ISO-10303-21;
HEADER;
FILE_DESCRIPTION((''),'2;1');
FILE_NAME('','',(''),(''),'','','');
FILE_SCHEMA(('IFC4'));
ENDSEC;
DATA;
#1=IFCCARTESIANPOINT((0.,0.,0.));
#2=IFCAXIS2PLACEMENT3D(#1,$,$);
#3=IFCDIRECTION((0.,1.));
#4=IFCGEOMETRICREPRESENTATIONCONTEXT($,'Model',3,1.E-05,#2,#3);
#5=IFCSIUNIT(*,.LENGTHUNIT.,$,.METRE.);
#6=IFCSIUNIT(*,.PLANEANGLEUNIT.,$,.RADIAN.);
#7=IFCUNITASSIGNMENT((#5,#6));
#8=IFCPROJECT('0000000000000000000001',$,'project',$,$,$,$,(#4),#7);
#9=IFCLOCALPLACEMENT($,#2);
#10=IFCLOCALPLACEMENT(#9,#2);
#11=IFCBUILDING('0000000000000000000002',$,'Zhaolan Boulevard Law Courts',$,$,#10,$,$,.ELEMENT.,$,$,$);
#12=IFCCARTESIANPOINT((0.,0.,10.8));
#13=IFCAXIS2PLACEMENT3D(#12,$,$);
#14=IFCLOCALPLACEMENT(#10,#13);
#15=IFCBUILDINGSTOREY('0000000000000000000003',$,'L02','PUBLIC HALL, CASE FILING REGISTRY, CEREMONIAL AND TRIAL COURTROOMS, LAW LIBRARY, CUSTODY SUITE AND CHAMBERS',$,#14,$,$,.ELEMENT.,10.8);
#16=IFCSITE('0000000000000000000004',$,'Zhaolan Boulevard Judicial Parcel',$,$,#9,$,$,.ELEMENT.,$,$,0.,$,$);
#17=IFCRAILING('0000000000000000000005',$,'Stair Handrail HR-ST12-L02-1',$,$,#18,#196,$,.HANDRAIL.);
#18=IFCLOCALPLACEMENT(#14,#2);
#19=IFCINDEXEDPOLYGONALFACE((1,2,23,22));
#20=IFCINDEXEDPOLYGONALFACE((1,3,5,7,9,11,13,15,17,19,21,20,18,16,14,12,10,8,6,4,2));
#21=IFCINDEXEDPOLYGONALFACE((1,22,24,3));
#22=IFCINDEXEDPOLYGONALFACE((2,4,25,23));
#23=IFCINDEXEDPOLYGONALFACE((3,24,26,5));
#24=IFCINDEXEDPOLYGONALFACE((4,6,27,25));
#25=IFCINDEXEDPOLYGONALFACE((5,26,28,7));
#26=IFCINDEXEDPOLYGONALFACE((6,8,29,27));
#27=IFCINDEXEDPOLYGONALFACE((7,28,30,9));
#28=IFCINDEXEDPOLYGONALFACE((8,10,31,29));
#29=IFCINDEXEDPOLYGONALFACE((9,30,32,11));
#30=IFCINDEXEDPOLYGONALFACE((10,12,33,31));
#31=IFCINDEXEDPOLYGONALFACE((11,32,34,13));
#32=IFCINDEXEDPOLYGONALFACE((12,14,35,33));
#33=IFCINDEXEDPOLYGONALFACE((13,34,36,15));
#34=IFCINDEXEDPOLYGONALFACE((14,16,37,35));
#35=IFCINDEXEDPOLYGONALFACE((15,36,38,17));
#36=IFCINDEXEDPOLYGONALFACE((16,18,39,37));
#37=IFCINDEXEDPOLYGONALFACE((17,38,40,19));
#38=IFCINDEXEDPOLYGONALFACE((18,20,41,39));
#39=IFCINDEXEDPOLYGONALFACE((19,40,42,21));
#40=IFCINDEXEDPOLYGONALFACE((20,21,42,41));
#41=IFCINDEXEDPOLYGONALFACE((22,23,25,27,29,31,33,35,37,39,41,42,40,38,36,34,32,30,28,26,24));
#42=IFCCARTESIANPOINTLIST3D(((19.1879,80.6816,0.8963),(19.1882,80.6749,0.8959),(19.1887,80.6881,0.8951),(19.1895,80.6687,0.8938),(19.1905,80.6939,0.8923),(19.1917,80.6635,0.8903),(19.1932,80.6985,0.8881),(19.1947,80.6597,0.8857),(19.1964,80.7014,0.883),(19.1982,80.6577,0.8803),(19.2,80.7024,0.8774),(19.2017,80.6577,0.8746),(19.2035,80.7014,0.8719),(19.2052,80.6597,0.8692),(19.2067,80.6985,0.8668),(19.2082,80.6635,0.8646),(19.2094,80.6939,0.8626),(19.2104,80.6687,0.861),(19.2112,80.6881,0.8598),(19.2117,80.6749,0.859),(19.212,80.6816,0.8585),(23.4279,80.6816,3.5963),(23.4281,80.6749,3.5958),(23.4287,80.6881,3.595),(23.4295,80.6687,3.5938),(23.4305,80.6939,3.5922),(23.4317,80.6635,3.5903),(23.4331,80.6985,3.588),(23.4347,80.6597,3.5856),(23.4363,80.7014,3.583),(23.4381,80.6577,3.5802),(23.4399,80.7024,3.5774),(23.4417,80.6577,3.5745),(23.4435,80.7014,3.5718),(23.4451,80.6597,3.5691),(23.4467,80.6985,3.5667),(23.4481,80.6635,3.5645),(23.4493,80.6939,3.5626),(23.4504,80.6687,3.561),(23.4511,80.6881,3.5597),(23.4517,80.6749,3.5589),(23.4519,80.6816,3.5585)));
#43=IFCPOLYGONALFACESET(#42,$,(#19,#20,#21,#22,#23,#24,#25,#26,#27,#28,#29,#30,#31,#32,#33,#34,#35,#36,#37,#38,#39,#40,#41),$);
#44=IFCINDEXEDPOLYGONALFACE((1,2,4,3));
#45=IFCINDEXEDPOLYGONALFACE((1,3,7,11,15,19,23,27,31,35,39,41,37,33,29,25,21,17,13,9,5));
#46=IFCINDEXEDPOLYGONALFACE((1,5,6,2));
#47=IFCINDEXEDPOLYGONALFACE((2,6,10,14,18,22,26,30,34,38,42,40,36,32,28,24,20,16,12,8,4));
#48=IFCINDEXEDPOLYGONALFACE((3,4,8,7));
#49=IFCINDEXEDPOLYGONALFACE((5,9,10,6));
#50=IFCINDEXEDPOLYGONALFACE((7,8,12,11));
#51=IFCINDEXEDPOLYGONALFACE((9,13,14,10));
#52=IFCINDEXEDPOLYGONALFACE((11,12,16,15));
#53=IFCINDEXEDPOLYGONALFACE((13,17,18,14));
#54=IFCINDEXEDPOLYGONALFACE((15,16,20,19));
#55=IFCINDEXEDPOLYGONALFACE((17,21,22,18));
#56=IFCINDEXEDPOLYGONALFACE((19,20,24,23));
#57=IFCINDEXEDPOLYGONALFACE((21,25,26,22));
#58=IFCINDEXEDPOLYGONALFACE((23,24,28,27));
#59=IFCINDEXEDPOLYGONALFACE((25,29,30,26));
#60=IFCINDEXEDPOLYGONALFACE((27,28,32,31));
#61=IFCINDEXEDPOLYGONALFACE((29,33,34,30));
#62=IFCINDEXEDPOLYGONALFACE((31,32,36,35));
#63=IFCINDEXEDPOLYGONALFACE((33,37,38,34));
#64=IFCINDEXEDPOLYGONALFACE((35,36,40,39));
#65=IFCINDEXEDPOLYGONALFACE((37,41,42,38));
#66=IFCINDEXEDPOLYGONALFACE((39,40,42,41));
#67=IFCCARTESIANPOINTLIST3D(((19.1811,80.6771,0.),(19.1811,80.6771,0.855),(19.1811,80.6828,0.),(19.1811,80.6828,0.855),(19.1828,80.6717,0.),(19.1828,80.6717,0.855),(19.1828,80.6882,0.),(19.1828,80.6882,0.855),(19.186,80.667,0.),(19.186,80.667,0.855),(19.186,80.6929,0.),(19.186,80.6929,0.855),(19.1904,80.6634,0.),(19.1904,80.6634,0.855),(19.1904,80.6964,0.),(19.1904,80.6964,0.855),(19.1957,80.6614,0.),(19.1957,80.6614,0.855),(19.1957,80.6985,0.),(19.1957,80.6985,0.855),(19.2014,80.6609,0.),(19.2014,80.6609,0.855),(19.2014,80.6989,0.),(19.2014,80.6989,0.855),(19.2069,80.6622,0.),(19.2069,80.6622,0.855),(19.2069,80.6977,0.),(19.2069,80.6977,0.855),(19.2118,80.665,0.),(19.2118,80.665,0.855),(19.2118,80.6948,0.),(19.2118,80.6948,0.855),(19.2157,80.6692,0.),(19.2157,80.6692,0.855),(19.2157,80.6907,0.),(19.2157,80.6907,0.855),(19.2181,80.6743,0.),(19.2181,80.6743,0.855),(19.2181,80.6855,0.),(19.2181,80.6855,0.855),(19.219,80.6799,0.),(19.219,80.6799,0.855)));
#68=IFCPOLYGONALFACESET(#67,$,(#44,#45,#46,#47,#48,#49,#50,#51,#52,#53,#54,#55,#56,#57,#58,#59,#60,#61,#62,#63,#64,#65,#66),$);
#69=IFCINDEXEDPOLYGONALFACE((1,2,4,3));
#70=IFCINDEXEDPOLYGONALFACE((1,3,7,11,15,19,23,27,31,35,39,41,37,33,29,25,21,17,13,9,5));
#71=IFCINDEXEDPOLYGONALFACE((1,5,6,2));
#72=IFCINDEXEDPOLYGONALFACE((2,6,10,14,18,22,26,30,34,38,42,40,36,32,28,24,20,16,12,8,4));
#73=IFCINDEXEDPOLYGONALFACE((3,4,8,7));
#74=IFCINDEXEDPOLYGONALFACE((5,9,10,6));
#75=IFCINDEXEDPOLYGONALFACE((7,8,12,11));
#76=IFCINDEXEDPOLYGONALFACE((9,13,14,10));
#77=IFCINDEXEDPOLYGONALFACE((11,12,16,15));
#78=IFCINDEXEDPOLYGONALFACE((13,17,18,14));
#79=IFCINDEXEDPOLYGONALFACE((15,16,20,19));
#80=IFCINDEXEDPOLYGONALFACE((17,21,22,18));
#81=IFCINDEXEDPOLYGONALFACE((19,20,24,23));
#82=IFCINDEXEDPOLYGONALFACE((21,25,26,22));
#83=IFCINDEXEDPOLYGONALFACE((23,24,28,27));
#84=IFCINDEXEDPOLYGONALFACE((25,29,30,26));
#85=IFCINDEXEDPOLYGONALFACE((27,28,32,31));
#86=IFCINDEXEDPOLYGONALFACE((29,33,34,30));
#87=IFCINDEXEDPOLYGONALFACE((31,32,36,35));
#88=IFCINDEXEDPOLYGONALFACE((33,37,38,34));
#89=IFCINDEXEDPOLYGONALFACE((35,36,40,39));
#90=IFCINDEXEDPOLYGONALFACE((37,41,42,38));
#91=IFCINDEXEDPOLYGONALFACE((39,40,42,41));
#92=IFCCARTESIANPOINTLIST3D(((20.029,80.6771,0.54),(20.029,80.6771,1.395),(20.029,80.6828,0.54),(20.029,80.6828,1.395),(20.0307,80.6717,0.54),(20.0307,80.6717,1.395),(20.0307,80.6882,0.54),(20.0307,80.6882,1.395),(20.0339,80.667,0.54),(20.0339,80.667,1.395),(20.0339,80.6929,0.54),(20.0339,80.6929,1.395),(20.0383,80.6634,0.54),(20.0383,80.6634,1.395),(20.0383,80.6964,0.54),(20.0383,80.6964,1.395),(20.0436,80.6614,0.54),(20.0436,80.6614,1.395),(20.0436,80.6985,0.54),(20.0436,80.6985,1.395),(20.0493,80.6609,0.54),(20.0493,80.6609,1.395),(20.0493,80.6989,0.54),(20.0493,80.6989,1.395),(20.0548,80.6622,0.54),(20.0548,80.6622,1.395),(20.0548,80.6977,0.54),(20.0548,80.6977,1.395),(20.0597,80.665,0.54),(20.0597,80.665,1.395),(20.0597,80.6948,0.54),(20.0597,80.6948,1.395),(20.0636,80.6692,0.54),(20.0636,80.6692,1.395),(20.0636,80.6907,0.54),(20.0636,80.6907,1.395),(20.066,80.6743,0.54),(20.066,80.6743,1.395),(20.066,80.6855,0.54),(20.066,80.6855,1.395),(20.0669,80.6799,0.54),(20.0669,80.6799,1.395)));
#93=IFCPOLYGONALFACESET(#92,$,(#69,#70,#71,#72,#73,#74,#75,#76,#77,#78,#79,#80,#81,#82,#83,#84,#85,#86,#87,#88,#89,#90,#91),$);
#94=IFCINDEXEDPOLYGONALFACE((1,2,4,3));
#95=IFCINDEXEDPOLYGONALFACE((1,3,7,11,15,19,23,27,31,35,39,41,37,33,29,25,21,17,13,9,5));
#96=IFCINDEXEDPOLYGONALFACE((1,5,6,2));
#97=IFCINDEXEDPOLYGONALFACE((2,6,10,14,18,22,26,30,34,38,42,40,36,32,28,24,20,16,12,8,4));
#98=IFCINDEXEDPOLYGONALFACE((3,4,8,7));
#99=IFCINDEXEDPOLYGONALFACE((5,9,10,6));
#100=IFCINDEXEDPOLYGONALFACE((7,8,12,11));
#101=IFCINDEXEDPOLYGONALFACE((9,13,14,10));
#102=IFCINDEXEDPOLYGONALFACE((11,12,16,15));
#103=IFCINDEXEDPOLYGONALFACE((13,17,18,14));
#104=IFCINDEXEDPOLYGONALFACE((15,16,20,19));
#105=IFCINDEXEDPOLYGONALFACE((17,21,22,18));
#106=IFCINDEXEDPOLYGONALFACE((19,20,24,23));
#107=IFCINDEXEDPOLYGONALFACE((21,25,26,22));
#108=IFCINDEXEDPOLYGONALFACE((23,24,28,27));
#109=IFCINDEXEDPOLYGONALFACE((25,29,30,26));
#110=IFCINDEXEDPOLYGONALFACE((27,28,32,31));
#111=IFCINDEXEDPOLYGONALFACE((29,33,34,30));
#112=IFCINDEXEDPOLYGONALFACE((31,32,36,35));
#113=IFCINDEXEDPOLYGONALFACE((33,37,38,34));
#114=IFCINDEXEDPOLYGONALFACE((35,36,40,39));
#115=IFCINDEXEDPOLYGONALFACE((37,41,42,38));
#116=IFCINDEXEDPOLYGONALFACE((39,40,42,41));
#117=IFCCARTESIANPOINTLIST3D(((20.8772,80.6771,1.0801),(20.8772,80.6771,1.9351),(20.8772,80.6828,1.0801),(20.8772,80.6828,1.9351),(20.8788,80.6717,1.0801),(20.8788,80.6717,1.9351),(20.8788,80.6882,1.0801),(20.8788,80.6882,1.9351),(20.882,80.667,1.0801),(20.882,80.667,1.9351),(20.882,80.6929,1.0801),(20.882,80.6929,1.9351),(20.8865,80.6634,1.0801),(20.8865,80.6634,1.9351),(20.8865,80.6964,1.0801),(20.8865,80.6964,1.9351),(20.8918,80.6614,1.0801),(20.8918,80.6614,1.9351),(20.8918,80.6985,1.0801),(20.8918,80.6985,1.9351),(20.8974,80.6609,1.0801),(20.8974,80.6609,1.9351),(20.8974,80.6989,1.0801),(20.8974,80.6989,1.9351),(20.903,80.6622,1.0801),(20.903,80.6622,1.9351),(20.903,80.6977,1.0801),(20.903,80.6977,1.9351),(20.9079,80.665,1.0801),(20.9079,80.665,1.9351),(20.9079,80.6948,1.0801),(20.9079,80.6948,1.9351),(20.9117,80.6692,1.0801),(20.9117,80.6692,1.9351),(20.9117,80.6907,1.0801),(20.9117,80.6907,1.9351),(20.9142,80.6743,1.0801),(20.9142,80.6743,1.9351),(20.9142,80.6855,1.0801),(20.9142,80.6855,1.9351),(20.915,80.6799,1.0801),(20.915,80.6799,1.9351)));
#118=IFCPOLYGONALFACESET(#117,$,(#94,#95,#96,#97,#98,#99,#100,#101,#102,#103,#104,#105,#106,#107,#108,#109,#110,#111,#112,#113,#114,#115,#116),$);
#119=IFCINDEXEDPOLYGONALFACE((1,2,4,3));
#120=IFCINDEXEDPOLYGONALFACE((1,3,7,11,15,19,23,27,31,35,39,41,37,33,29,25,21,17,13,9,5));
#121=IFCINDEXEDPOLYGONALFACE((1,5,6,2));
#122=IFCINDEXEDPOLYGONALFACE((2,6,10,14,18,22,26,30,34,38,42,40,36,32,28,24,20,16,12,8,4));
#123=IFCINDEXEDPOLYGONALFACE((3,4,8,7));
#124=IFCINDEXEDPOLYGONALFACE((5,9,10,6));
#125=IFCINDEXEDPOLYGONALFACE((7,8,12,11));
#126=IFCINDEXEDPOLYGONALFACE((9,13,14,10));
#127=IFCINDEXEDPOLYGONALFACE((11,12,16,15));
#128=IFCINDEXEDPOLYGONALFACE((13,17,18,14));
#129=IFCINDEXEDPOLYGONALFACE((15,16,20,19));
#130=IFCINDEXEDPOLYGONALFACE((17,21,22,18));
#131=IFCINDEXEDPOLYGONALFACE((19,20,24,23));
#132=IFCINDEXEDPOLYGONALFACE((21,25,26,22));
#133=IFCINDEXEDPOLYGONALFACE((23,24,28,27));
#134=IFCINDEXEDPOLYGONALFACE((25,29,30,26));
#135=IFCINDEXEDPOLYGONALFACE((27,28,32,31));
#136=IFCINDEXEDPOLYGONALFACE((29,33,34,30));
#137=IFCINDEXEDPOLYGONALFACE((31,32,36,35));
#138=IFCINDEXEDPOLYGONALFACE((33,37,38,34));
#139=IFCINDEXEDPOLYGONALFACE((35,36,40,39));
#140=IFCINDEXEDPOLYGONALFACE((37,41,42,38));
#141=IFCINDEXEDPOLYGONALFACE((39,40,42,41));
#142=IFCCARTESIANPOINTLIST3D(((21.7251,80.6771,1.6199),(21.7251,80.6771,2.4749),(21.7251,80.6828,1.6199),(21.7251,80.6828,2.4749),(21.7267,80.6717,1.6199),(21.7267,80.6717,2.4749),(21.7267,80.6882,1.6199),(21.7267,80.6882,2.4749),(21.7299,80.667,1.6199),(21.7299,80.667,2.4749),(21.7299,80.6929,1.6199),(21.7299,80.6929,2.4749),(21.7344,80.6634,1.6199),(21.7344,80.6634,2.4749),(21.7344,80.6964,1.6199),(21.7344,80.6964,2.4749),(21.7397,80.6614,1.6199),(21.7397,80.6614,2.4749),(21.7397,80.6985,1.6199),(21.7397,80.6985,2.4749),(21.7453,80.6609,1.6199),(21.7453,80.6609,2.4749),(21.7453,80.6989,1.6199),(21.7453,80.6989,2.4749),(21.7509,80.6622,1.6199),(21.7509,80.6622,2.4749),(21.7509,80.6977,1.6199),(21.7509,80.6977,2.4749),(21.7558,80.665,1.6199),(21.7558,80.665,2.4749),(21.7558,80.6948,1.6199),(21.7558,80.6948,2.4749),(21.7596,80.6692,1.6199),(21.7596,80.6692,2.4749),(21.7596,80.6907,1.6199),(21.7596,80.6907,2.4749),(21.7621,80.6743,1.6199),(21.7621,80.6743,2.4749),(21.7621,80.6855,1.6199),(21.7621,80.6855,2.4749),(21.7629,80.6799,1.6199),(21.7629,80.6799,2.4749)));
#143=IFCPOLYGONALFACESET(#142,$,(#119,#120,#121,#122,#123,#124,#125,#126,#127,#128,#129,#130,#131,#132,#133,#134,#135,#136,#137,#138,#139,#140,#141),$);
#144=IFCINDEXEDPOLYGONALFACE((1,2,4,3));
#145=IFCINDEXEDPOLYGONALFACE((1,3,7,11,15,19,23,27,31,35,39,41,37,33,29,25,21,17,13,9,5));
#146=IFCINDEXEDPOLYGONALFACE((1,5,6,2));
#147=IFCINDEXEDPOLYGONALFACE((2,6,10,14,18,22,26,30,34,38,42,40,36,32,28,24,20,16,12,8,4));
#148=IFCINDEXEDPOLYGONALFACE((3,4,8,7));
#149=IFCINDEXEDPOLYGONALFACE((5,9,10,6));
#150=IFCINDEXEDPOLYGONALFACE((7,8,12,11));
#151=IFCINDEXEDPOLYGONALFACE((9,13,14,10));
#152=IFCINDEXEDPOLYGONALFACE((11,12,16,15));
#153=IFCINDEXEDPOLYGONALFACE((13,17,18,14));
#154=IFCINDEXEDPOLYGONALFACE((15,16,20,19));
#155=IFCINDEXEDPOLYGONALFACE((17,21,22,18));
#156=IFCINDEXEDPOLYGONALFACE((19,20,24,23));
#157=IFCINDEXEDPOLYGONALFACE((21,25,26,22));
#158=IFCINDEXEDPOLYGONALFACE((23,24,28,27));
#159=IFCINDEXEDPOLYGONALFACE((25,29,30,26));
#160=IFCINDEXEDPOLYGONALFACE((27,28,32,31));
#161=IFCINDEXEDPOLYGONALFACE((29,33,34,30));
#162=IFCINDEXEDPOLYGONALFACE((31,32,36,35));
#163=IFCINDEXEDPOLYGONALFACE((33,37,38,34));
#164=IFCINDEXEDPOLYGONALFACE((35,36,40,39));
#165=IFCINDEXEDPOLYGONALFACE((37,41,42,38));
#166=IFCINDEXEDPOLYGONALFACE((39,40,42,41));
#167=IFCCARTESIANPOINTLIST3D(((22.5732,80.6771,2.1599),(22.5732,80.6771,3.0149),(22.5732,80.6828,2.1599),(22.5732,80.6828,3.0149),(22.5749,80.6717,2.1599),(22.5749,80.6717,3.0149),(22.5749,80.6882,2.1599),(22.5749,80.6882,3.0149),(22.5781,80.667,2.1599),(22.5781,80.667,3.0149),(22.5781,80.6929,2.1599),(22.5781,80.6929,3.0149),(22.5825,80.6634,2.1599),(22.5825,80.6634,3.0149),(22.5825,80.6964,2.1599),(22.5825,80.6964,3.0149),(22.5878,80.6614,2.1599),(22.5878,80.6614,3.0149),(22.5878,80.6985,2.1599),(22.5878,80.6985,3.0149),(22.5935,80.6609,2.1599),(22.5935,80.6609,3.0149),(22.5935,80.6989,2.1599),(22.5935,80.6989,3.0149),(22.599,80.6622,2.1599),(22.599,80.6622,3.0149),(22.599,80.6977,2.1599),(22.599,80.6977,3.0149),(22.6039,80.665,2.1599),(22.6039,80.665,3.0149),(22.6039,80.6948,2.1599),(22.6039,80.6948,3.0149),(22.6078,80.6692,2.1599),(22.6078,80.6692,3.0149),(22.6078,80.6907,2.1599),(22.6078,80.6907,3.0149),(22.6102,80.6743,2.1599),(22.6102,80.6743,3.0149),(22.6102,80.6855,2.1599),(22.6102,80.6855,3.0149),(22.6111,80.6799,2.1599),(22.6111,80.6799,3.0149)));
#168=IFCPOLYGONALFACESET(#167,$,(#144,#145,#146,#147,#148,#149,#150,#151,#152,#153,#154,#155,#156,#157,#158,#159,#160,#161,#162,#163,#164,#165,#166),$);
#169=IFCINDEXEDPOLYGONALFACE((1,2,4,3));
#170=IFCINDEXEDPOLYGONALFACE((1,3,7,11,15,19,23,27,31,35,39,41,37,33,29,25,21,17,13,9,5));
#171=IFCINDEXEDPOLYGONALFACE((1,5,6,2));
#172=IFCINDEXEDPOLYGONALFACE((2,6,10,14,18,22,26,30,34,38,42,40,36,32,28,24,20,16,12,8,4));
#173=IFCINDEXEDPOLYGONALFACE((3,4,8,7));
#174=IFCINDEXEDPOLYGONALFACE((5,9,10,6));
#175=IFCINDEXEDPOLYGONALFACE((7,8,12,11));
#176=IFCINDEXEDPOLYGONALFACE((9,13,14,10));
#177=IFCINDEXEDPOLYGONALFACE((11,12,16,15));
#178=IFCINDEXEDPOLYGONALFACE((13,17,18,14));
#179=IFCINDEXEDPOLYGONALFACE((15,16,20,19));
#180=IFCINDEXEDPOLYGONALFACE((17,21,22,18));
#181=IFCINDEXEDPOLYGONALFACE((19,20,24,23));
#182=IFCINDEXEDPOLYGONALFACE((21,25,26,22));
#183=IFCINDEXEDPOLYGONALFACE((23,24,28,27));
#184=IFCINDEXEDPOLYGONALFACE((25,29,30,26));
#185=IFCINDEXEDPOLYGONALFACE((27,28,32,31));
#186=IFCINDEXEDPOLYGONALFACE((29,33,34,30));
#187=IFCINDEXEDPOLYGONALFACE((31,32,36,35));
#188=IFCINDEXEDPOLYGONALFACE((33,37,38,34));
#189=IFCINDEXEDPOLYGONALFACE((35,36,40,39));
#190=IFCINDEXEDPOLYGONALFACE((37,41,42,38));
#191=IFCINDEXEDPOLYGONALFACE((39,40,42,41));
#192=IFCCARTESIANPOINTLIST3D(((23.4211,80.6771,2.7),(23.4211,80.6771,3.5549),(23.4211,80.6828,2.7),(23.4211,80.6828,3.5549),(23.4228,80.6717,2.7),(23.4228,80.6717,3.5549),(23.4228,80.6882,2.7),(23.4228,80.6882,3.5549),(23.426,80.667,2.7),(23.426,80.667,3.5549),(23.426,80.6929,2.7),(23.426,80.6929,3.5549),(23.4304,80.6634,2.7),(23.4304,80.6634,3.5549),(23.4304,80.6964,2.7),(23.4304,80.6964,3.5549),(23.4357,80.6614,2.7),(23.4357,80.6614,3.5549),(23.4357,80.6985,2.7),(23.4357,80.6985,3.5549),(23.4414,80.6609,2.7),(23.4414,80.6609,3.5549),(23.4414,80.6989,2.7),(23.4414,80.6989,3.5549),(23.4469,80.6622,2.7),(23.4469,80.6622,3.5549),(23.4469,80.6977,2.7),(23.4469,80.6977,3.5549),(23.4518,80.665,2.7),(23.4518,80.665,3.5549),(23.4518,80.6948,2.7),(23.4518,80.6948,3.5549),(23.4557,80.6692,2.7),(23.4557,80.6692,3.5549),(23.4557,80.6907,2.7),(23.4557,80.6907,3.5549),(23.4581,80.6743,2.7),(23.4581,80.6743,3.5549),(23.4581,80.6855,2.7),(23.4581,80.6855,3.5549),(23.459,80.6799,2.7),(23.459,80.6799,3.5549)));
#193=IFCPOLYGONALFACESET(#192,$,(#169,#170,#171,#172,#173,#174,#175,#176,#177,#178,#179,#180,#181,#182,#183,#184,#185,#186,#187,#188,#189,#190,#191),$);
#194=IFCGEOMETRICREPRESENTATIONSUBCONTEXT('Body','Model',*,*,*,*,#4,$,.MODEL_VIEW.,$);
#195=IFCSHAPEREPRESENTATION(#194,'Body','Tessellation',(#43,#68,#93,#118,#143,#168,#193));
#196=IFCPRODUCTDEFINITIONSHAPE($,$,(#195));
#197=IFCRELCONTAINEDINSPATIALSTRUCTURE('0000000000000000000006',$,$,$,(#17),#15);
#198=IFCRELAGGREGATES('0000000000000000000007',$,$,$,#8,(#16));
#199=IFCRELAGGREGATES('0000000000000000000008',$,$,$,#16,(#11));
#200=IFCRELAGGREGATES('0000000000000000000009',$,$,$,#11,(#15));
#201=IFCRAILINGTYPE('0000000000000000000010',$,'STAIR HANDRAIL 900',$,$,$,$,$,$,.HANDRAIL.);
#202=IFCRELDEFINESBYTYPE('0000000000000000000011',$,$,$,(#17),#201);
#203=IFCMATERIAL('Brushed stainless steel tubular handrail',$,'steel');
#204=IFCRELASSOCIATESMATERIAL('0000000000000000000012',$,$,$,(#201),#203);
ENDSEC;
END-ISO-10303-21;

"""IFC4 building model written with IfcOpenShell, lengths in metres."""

from ifc_helpers import new_model, si_unit, direction, frame, origin, origin_2d, place, context, subcontext, project, spatial, circle, extrude, material, type_object, element, save


model = new_model("IFC4")

# Units and contexts
model_context = context("Model", 3, precision=1e-05, world=origin(), true_north=direction((0.0, 1.0)))
body_context = subcontext(model_context, "Body", "Model", "MODEL_VIEW")
ifc_project = project(units=[si_unit("LENGTHUNIT", "METRE"), si_unit("PLANEANGLEUNIT", "RADIAN")], contexts=[model_context])

# Site, building, storey
site_placement = place(None, origin())
site = spatial("IfcSite", under=ifc_project, at=site_placement, Name="Zhaolan Boulevard Judicial Parcel", CompositionType="ELEMENT", RefElevation=0.0)
building_placement = place(site_placement, origin())
building = spatial("IfcBuilding", under=site, at=building_placement, Name="Zhaolan Boulevard Law Courts", CompositionType="ELEMENT")
storey_placement = place(building_placement, frame((0.0, 0.0, 10.8)))
storey = spatial("IfcBuildingStorey", under=building, at=storey_placement, Name="L02", Description="PUBLIC HALL, CASE FILING REGISTRY, CEREMONIAL AND TRIAL COURTROOMS, LAW LIBRARY, CUSTODY SUITE AND CHAMBERS", CompositionType="ELEMENT", Elevation=10.8)

# Railing
ifc_material_1 = material(Name="Brushed stainless steel tubular handrail", Category="steel")
railing_type_1 = type_object("IfcRailingType", Name="STAIR HANDRAIL 900", PredefinedType="HANDRAIL", material=ifc_material_1)
railing_1_placement = place(storey_placement, frame((19.2, 80.6799, 0.0)))
element("IfcRailing", 1, at=railing_1_placement, inside=storey, type_object=railing_type_1, Name="Stair Handrail HR-ST12-L02-1", PredefinedType="HANDRAIL", context=body_context, shape_type="SweptSolid", body=[
    extrude(circle(Radius=0.0225, at=origin_2d()), frame((0.0, 0.0, 0.8774), z_axis=(0.843501, 0.0, 0.537127), x_axis=(0.0, 1.0, 0.0)), (0.0, 0.0, 1.0), 5.0266),
    extrude(circle(Radius=0.019, at=origin_2d()), origin(), (0.0, 0.0, 1.0), 0.855),
    extrude(circle(Radius=0.019, at=origin_2d()), frame((0.8479, 0.0, 0.54)), (0.0, 0.0, 1.0), 0.855),
    extrude(circle(Radius=0.019, at=origin_2d()), frame((1.696, 0.0, 1.0801)), (0.0, 0.0, 1.0), 0.855),
    extrude(circle(Radius=0.019, at=origin_2d()), frame((2.5439, 0.0, 1.6199)), (0.0, 0.0, 1.0), 0.855),
    extrude(circle(Radius=0.019, at=origin_2d()), frame((3.3921, 0.0, 2.1599)), (0.0, 0.0, 1.0), 0.855),
    extrude(circle(Radius=0.019, at=origin_2d()), frame((4.24, 0.0, 2.7)), (0.0, 0.0, 1.0), 0.855),
])

save(model, "model.ifc")
